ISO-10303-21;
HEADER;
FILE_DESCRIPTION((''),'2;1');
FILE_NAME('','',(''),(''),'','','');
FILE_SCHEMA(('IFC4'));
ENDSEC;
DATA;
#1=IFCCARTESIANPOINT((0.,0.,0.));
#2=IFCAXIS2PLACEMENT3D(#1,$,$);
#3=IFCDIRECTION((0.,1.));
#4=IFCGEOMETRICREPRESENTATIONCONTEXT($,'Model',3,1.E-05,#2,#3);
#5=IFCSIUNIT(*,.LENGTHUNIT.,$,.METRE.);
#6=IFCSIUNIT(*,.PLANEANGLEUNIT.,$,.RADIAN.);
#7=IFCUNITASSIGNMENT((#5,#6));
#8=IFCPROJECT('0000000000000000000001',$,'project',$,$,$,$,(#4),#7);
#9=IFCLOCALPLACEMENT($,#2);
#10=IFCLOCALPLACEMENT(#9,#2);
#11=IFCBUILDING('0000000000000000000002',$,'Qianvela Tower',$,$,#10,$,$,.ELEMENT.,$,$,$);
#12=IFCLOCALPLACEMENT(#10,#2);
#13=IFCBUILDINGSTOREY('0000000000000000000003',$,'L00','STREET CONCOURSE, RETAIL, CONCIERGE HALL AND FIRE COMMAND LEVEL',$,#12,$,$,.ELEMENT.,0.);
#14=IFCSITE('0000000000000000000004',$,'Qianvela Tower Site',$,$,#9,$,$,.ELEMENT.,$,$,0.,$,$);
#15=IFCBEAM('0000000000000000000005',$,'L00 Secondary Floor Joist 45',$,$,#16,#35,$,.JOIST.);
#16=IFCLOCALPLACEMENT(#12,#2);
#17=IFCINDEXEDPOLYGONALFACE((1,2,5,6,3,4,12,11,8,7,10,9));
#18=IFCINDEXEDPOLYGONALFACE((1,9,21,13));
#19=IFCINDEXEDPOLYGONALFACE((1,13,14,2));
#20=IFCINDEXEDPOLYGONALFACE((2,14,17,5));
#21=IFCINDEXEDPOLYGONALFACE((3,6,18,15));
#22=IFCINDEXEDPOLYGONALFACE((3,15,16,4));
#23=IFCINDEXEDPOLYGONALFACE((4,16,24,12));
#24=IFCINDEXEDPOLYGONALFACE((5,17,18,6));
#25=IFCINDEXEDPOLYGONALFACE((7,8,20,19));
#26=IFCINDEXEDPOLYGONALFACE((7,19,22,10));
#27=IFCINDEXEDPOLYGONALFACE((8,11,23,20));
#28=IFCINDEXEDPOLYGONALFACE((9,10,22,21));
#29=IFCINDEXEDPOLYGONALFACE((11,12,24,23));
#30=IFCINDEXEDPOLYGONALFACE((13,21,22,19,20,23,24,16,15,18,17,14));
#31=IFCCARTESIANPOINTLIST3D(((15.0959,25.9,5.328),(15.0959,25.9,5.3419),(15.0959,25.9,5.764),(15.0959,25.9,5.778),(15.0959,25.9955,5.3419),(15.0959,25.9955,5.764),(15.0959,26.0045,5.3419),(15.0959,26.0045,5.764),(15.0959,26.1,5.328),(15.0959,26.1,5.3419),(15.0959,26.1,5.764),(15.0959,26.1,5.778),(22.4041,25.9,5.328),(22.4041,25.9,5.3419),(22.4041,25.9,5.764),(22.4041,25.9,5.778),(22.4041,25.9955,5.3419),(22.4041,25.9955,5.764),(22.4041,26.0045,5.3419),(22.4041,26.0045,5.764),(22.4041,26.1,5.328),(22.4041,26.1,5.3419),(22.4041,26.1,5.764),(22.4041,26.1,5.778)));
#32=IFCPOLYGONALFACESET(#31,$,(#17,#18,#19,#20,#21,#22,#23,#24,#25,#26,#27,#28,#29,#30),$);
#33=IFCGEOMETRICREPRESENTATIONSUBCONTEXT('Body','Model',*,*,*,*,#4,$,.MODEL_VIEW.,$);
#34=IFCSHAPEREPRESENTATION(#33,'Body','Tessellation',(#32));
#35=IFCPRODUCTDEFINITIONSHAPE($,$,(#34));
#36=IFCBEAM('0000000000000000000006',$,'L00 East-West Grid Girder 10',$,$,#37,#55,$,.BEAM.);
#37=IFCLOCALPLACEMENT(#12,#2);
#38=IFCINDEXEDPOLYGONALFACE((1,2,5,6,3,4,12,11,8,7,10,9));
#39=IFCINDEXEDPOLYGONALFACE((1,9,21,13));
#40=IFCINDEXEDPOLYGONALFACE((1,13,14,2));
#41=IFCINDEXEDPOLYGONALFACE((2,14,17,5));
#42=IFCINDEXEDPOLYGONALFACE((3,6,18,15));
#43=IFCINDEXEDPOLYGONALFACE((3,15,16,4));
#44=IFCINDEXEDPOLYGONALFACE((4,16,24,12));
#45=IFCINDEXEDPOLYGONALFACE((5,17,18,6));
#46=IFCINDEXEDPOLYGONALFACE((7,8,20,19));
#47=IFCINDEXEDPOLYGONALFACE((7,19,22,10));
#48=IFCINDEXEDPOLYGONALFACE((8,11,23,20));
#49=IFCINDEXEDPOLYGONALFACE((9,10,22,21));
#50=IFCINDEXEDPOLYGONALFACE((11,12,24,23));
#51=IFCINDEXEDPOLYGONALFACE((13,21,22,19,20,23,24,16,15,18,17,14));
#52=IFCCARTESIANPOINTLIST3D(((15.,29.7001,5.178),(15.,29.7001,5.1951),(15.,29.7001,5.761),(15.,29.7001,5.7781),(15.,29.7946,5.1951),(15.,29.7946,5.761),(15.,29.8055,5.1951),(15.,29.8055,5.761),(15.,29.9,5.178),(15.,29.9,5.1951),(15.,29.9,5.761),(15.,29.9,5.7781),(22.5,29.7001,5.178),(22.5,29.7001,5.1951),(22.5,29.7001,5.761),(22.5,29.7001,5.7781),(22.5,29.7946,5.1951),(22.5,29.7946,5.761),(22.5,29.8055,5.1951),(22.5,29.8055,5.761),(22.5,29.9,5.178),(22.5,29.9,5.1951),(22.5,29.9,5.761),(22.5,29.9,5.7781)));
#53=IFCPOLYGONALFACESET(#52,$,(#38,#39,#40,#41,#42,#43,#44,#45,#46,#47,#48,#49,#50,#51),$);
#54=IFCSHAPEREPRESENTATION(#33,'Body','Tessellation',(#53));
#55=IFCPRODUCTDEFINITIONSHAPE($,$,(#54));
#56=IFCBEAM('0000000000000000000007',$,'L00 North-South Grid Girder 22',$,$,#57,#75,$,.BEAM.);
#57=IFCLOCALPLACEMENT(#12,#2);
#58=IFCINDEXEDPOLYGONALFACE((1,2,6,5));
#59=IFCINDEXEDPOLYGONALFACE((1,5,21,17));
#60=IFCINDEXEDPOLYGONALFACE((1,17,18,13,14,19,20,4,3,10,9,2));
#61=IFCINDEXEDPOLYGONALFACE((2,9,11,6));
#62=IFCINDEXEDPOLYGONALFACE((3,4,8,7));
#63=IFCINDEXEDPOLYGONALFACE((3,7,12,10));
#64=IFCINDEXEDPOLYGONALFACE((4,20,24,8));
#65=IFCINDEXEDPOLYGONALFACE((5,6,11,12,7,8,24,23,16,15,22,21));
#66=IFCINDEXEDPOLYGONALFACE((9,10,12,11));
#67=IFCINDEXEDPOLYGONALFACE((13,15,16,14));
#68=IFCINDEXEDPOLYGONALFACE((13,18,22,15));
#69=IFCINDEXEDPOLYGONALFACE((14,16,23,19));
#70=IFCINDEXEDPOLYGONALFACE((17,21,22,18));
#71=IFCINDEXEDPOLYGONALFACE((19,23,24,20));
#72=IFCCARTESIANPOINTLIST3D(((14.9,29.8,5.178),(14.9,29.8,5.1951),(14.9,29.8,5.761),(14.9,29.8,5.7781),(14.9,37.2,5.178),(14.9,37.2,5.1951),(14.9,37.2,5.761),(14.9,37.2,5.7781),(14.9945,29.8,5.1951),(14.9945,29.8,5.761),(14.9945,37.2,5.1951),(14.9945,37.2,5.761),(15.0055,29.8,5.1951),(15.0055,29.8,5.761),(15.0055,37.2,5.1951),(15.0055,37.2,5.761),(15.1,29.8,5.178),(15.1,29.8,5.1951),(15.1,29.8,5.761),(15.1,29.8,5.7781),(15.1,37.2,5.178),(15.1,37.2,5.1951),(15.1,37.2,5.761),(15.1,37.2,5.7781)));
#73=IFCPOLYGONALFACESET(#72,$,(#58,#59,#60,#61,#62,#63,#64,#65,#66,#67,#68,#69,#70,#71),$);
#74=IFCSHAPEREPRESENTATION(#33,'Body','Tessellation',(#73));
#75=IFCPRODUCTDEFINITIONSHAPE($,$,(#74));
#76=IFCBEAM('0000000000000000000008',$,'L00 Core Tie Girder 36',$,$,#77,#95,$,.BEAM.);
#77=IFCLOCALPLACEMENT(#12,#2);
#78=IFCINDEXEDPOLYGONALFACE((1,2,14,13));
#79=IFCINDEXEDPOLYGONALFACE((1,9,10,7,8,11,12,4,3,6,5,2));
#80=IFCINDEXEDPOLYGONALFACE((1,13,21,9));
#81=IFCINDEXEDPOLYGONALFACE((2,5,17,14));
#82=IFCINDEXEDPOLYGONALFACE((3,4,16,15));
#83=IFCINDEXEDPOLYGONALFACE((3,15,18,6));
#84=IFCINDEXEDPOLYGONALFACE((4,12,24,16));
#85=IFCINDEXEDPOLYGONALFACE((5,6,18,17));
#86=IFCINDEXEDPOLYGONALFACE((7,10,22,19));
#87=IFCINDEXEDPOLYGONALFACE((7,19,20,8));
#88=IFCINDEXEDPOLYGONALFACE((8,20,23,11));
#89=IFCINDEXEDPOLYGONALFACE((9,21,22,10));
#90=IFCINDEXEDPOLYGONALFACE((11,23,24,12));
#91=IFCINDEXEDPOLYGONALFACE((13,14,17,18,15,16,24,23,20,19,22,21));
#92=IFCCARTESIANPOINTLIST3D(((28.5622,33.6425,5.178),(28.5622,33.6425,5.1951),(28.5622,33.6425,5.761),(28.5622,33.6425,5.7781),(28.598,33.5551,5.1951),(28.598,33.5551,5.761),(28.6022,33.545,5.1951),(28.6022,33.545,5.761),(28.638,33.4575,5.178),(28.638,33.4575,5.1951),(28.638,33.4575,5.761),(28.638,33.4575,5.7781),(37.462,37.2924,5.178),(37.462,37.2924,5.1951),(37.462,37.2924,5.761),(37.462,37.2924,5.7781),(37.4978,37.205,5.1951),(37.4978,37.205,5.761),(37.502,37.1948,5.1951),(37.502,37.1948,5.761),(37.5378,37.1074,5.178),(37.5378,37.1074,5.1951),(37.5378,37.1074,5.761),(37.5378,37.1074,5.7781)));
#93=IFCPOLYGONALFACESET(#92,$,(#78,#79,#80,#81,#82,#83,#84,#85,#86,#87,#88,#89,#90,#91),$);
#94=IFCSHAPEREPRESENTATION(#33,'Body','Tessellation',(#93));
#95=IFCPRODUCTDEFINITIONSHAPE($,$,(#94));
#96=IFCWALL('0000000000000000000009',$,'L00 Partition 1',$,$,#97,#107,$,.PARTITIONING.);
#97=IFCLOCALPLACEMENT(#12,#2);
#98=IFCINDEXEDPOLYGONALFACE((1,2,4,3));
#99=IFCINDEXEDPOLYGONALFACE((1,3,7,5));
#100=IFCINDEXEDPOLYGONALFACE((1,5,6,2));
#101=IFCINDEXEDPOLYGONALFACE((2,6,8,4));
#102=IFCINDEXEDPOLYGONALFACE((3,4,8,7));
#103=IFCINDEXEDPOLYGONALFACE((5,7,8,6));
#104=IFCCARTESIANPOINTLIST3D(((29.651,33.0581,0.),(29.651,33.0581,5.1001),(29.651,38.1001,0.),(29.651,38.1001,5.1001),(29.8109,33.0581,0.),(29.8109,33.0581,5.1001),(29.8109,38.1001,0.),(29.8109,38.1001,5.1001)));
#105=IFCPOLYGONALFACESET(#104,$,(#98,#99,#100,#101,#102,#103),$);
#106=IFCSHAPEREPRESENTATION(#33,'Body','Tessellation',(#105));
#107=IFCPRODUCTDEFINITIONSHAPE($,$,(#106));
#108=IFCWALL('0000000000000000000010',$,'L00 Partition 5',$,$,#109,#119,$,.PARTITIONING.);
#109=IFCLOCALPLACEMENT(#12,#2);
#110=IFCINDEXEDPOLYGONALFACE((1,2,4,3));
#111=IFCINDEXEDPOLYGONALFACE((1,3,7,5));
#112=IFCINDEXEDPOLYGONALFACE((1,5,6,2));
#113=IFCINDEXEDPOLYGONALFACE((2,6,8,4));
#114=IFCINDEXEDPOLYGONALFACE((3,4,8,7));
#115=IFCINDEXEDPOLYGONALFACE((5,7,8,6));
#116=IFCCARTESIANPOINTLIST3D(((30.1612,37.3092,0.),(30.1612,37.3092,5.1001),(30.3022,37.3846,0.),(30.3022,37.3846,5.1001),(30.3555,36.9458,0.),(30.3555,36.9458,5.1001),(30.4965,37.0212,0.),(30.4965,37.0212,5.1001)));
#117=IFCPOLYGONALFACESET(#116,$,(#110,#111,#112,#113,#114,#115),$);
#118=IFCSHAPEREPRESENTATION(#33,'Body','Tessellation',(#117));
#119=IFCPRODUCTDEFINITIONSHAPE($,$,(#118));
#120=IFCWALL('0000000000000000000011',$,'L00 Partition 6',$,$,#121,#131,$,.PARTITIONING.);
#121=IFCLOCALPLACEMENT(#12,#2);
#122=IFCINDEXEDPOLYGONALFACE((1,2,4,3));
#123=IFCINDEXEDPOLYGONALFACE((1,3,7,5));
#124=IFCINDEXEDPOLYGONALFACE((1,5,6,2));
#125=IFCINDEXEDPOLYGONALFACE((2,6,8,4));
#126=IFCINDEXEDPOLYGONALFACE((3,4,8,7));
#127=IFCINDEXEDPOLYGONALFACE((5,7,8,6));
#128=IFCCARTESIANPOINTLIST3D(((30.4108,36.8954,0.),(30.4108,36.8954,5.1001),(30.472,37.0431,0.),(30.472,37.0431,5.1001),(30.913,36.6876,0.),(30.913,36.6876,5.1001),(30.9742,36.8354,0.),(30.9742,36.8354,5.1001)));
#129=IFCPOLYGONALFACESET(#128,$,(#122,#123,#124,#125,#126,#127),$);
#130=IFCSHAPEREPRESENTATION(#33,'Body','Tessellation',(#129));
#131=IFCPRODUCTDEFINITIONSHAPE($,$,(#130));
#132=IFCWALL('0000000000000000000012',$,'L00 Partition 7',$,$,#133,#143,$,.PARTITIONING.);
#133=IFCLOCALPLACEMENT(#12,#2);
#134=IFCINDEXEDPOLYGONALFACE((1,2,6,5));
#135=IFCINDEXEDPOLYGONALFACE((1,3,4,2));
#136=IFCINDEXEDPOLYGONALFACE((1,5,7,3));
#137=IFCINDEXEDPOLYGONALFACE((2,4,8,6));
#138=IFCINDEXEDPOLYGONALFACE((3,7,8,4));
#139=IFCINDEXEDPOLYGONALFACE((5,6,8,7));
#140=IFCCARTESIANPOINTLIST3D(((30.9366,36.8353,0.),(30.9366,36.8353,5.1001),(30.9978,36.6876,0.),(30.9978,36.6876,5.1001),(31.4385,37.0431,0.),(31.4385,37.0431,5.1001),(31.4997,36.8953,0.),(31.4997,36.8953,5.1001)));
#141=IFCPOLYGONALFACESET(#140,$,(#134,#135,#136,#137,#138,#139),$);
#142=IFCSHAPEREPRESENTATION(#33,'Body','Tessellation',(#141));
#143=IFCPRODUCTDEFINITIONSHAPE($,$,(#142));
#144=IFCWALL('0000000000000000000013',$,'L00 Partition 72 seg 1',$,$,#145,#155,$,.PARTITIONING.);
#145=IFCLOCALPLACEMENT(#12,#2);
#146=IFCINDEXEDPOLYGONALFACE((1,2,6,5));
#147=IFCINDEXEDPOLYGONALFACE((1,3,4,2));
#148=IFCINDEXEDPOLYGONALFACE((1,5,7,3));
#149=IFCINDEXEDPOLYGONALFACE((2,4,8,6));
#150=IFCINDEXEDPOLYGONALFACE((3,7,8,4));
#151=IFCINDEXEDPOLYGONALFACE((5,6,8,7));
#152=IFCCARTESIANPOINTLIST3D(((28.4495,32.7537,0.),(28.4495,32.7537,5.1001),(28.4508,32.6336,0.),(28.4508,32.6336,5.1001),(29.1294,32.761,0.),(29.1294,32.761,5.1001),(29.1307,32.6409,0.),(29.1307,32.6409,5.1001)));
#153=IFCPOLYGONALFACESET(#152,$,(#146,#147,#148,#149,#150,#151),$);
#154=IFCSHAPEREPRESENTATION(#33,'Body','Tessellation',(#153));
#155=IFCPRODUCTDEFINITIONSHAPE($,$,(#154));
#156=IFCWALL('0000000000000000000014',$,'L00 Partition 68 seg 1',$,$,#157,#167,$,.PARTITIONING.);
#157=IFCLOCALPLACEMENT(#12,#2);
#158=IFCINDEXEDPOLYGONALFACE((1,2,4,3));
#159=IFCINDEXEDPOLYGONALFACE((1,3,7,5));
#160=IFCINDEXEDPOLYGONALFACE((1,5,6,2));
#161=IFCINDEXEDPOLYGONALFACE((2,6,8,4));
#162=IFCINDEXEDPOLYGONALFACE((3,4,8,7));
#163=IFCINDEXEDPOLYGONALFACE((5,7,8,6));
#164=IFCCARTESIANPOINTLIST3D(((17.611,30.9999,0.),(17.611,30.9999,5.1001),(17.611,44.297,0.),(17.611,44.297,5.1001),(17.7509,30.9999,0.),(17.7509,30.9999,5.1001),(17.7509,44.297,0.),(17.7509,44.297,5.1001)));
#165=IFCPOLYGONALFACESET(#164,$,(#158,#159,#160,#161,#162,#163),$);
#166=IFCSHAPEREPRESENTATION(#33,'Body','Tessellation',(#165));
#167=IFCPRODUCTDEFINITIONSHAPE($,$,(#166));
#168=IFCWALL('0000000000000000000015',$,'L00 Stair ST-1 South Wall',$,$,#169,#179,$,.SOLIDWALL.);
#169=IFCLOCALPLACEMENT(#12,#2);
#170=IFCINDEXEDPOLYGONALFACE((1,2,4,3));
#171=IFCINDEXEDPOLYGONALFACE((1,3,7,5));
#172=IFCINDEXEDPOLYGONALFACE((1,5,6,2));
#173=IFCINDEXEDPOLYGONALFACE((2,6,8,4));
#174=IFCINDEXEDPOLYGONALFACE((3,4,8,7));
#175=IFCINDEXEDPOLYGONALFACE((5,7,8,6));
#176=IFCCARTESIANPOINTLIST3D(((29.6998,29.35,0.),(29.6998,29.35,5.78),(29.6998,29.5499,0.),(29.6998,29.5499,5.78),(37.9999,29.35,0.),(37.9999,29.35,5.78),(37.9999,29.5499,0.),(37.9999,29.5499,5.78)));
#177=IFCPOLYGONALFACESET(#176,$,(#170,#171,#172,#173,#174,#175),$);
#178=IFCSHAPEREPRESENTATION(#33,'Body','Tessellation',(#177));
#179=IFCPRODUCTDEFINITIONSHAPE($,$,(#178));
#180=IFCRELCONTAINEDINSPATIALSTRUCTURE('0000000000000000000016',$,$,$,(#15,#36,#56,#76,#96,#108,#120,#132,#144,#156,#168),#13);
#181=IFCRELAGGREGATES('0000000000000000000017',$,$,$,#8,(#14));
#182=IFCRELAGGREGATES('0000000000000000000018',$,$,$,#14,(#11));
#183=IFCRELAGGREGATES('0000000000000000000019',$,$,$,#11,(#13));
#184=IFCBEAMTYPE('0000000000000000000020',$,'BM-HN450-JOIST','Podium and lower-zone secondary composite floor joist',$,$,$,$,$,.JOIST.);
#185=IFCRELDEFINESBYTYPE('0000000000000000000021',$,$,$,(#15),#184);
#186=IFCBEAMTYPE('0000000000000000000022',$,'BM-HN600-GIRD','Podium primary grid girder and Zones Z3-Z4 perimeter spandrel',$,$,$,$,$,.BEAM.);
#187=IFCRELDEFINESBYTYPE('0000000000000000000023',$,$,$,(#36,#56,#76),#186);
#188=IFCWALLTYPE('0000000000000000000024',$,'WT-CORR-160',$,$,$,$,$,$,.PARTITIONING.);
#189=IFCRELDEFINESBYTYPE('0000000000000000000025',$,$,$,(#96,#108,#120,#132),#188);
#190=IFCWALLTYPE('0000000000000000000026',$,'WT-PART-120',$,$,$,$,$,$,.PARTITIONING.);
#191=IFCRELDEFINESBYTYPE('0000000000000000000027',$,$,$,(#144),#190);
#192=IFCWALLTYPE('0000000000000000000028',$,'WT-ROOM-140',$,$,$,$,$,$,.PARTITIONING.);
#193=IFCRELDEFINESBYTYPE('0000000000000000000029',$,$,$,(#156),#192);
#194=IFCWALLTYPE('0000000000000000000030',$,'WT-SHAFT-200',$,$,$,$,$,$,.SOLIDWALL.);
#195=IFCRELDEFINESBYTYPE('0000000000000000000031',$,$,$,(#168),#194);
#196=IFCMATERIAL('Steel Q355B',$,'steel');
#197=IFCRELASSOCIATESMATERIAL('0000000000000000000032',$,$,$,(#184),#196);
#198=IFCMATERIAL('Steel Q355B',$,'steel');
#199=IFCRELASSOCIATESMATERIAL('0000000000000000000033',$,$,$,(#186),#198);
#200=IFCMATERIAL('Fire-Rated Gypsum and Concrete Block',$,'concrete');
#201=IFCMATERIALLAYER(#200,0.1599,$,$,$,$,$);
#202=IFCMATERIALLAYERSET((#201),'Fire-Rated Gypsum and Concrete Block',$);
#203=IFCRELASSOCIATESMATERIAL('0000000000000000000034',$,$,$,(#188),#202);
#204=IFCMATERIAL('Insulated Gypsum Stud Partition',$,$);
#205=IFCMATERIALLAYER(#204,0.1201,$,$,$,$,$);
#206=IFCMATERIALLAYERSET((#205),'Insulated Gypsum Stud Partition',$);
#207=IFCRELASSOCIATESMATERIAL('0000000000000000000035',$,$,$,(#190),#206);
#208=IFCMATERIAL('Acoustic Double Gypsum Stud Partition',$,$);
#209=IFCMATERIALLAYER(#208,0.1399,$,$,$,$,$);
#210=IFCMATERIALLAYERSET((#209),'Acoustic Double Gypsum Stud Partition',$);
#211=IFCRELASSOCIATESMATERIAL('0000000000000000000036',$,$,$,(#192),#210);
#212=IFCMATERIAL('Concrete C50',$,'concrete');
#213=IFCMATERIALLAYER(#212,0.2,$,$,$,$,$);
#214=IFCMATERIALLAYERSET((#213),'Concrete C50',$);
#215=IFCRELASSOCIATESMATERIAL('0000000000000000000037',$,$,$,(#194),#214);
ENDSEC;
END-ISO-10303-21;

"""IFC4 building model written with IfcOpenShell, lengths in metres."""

from ifc_helpers import new_model, si_unit, direction, frame, frame_2d, origin, origin_2d, place, context, subcontext, project, spatial, rectangle, i_section, extrude, material, layer, layer_set, material_profile, profile_set, type_object, element, save


model = new_model("IFC4")

# Units and contexts
model_context = context("Model", 3, precision=1e-05, world=origin(), true_north=direction((0.0, 1.0)))
body_context = subcontext(model_context, "Body", "Model", "MODEL_VIEW")
ifc_project = project(units=[si_unit("LENGTHUNIT", "METRE"), si_unit("PLANEANGLEUNIT", "RADIAN")], contexts=[model_context])

# Site, building, storey
site_placement = place(None, origin())
site = spatial("IfcSite", under=ifc_project, at=site_placement, Name="Qianvela Tower Site", CompositionType="ELEMENT", RefElevation=0.0)
building_placement = place(site_placement, origin())
building = spatial("IfcBuilding", under=site, at=building_placement, Name="Qianvela Tower", CompositionType="ELEMENT")
storey_placement = place(building_placement, origin())
storey = spatial("IfcBuildingStorey", under=building, at=storey_placement, Name="L00", Description="STREET CONCOURSE, RETAIL, CONCIERGE HALL AND FIRE COMMAND LEVEL", CompositionType="ELEMENT", Elevation=0.0)

# Beams
ifc_material_1 = material(Name="Steel Q355B", Category="steel")
ifc_material_profile_1 = material_profile(ifc_material_1, i_section(OverallWidth=0.2, OverallDepth=0.45, WebThickness=0.009, FlangeThickness=0.0139, at=origin_2d()), Name="HN450x200x9x14")
ifc_profile_set_1 = profile_set([ifc_material_profile_1], Name="Steel Q355B")
beam_type_1 = type_object("IfcBeamType", Name="BM-HN450-JOIST", Description="Podium and lower-zone secondary composite floor joist", PredefinedType="JOIST", material=ifc_profile_set_1)
beam_1_placement = place(storey_placement, frame((15.0959, 26.0, 5.553), z_axis=(1.0, 0.0, 0.0), x_axis=(0.0, 1.0, 0.0)))
element("IfcBeam", 1, at=beam_1_placement, inside=storey, type_object=beam_type_1, Name="L00 Secondary Floor Joist 45", PredefinedType="JOIST", context=body_context, shape_type="SweptSolid", body=[
    extrude(i_section(OverallWidth=0.2, OverallDepth=0.45, WebThickness=0.009, FlangeThickness=0.0139, at=origin_2d()), origin(), (0.0, 0.0, 1.0), 7.3081),
])
ifc_material_2 = material(Name="Steel Q355B", Category="steel")
ifc_material_profile_2 = material_profile(ifc_material_2, i_section(OverallWidth=0.2, OverallDepth=0.6001, WebThickness=0.011, FlangeThickness=0.0171, at=origin_2d()), Name="HN600x200x11x17")
ifc_profile_set_2 = profile_set([ifc_material_profile_2], Name="Steel Q355B")
beam_type_2 = type_object("IfcBeamType", Name="BM-HN600-GIRD", Description="Podium primary grid girder and Zones Z3-Z4 perimeter spandrel", PredefinedType="BEAM", material=ifc_profile_set_2)
beam_2_placement = place(storey_placement, frame((15.0, 29.8, 5.478), z_axis=(1.0, 0.0, 0.0), x_axis=(0.0, 1.0, 0.0)))
element("IfcBeam", 2, at=beam_2_placement, inside=storey, type_object=beam_type_2, Name="L00 East-West Grid Girder 10", PredefinedType="BEAM", context=body_context, shape_type="SweptSolid", body=[
    extrude(i_section(OverallWidth=0.2, OverallDepth=0.6001, WebThickness=0.011, FlangeThickness=0.0171, at=origin_2d()), origin(), (0.0, 0.0, 1.0), 7.5),
])
beam_3_placement = place(storey_placement, frame((15.0, 29.8, 5.478), z_axis=(0.0, 1.0, 0.0), x_axis=(-1.0, 0.0, 0.0)))
element("IfcBeam", 3, at=beam_3_placement, inside=storey, type_object=beam_type_2, Name="L00 North-South Grid Girder 22", PredefinedType="BEAM", context=body_context, shape_type="SweptSolid", body=[
    extrude(i_section(OverallWidth=0.2, OverallDepth=0.6001, WebThickness=0.011, FlangeThickness=0.0171, at=origin_2d()), origin(), (0.0, 0.0, 1.0), 7.3999),
])
beam_4_placement = place(storey_placement, frame((28.6001, 33.55, 5.478), z_axis=(0.925218, 0.379437, 0.0), x_axis=(-0.379437, 0.925218, 0.0)))
element("IfcBeam", 4, at=beam_4_placement, inside=storey, type_object=beam_type_2, Name="L00 Core Tie Girder 36", PredefinedType="BEAM", context=body_context, shape_type="SweptSolid", body=[
    extrude(i_section(OverallWidth=0.2, OverallDepth=0.6001, WebThickness=0.011, FlangeThickness=0.0171, at=origin_2d()), origin(), (0.0, 0.0, 1.0), 9.6191),
])

# Walls
ifc_material_3 = material(Name="Fire-Rated Gypsum and Concrete Block", Category="concrete")
ifc_layer_1 = layer(ifc_material_3, 0.1599)
ifc_layer_set_1 = layer_set([ifc_layer_1], Name="Fire-Rated Gypsum and Concrete Block")
wall_type_1 = type_object("IfcWallType", Name="WT-CORR-160", PredefinedType="PARTITIONING", material=ifc_layer_set_1)
wall_1_placement = place(storey_placement, frame((29.731, 33.0581, 0.0), z_axis=(0.0, 0.0, 1.0), x_axis=(0.0, 1.0, 0.0)))
element("IfcWall", 5, at=wall_1_placement, inside=storey, type_object=wall_type_1, Name="L00 Partition 1", PredefinedType="PARTITIONING", context=body_context, shape_type="SweptSolid", body=[
    extrude(rectangle(XDim=5.042, YDim=0.1599, at=frame_2d((2.521, 0.0))), origin(), (0.0, 0.0, 1.0), 5.1001),
])
wall_2_placement = place(storey_placement, frame((30.2317, 37.3469, 0.0), z_axis=(0.0, 0.0, 1.0), x_axis=(0.471449, -0.881893, 0.0)))
element("IfcWall", 6, at=wall_2_placement, inside=storey, type_object=wall_type_1, Name="L00 Partition 5", PredefinedType="PARTITIONING", context=body_context, shape_type="SweptSolid", body=[
    extrude(rectangle(XDim=0.4121, YDim=0.1599, at=frame_2d((0.2061, 0.0))), origin(), (0.0, 0.0, 1.0), 5.1001),
])
wall_3_placement = place(storey_placement, frame((30.4414, 36.9692, 0.0), z_axis=(0.0, 0.0, 1.0), x_axis=(0.924044, -0.382286, 0.0)))
element("IfcWall", 7, at=wall_3_placement, inside=storey, type_object=wall_type_1, Name="L00 Partition 6", PredefinedType="PARTITIONING", context=body_context, shape_type="SweptSolid", body=[
    extrude(rectangle(XDim=0.5435, YDim=0.1599, at=frame_2d((0.2717, 0.0))), origin(), (0.0, 0.0, 1.0), 5.1001),
])
wall_4_placement = place(storey_placement, frame((30.9673, 36.7615, 0.0), z_axis=(0.0, 0.0, 1.0), x_axis=(0.923979, 0.382444, 0.0)))
element("IfcWall", 8, at=wall_4_placement, inside=storey, type_object=wall_type_1, Name="L00 Partition 7", PredefinedType="PARTITIONING", context=body_context, shape_type="SweptSolid", body=[
    extrude(rectangle(XDim=0.5432, YDim=0.1599, at=frame_2d((0.2715, 0.0))), origin(), (0.0, 0.0, 1.0), 5.1001),
])
ifc_material_4 = material(Name="Insulated Gypsum Stud Partition")
ifc_layer_2 = layer(ifc_material_4, 0.1201)
ifc_layer_set_2 = layer_set([ifc_layer_2], Name="Insulated Gypsum Stud Partition")
wall_type_2 = type_object("IfcWallType", Name="WT-PART-120", PredefinedType="PARTITIONING", material=ifc_layer_set_2)
wall_5_placement = place(storey_placement, frame((29.1299, 32.7009, 0.0), z_axis=(0.0, 0.0, 1.0), x_axis=(-0.999942, -0.010771, 0.0)))
element("IfcWall", 9, at=wall_5_placement, inside=storey, type_object=wall_type_2, Name="L00 Partition 72 seg 1", PredefinedType="PARTITIONING", context=body_context, shape_type="SweptSolid", body=[
    extrude(rectangle(XDim=0.6799, YDim=0.1201, at=frame_2d((0.3398, 0.0))), origin(), (0.0, 0.0, 1.0), 5.1001),
])
ifc_material_5 = material(Name="Acoustic Double Gypsum Stud Partition")
ifc_layer_3 = layer(ifc_material_5, 0.1399)
ifc_layer_set_3 = layer_set([ifc_layer_3], Name="Acoustic Double Gypsum Stud Partition")
wall_type_3 = type_object("IfcWallType", Name="WT-ROOM-140", PredefinedType="PARTITIONING", material=ifc_layer_set_3)
wall_6_placement = place(storey_placement, frame((17.6809, 31.0, 0.0), z_axis=(0.0, 0.0, 1.0), x_axis=(0.0, 1.0, 0.0)))
element("IfcWall", 10, at=wall_6_placement, inside=storey, type_object=wall_type_3, Name="L00 Partition 68 seg 1", PredefinedType="PARTITIONING", context=body_context, shape_type="SweptSolid", body=[
    extrude(rectangle(XDim=13.2971, YDim=0.1399, at=frame_2d((6.6484, 0.0))), origin(), (0.0, 0.0, 1.0), 5.1001),
])
ifc_material_6 = material(Name="Concrete C50", Category="concrete")
ifc_layer_4 = layer(ifc_material_6, 0.2)
ifc_layer_set_4 = layer_set([ifc_layer_4], Name="Concrete C50")
wall_type_4 = type_object("IfcWallType", Name="WT-SHAFT-200", PredefinedType="SOLIDWALL", material=ifc_layer_set_4)
wall_7_placement = place(storey_placement, frame((29.7, 29.45, 0.0), z_axis=(0.0, 0.0, 1.0), x_axis=(1.0, 0.0, 0.0)))
element("IfcWall", 11, at=wall_7_placement, inside=storey, type_object=wall_type_4, Name="L00 Stair ST-1 South Wall", PredefinedType="SOLIDWALL", context=body_context, shape_type="SweptSolid", body=[
    extrude(rectangle(XDim=8.3, YDim=0.2, at=frame_2d((4.1499, 0.0))), origin(), (0.0, 0.0, 1.0), 5.78),
])

save(model, "model.ifc")
